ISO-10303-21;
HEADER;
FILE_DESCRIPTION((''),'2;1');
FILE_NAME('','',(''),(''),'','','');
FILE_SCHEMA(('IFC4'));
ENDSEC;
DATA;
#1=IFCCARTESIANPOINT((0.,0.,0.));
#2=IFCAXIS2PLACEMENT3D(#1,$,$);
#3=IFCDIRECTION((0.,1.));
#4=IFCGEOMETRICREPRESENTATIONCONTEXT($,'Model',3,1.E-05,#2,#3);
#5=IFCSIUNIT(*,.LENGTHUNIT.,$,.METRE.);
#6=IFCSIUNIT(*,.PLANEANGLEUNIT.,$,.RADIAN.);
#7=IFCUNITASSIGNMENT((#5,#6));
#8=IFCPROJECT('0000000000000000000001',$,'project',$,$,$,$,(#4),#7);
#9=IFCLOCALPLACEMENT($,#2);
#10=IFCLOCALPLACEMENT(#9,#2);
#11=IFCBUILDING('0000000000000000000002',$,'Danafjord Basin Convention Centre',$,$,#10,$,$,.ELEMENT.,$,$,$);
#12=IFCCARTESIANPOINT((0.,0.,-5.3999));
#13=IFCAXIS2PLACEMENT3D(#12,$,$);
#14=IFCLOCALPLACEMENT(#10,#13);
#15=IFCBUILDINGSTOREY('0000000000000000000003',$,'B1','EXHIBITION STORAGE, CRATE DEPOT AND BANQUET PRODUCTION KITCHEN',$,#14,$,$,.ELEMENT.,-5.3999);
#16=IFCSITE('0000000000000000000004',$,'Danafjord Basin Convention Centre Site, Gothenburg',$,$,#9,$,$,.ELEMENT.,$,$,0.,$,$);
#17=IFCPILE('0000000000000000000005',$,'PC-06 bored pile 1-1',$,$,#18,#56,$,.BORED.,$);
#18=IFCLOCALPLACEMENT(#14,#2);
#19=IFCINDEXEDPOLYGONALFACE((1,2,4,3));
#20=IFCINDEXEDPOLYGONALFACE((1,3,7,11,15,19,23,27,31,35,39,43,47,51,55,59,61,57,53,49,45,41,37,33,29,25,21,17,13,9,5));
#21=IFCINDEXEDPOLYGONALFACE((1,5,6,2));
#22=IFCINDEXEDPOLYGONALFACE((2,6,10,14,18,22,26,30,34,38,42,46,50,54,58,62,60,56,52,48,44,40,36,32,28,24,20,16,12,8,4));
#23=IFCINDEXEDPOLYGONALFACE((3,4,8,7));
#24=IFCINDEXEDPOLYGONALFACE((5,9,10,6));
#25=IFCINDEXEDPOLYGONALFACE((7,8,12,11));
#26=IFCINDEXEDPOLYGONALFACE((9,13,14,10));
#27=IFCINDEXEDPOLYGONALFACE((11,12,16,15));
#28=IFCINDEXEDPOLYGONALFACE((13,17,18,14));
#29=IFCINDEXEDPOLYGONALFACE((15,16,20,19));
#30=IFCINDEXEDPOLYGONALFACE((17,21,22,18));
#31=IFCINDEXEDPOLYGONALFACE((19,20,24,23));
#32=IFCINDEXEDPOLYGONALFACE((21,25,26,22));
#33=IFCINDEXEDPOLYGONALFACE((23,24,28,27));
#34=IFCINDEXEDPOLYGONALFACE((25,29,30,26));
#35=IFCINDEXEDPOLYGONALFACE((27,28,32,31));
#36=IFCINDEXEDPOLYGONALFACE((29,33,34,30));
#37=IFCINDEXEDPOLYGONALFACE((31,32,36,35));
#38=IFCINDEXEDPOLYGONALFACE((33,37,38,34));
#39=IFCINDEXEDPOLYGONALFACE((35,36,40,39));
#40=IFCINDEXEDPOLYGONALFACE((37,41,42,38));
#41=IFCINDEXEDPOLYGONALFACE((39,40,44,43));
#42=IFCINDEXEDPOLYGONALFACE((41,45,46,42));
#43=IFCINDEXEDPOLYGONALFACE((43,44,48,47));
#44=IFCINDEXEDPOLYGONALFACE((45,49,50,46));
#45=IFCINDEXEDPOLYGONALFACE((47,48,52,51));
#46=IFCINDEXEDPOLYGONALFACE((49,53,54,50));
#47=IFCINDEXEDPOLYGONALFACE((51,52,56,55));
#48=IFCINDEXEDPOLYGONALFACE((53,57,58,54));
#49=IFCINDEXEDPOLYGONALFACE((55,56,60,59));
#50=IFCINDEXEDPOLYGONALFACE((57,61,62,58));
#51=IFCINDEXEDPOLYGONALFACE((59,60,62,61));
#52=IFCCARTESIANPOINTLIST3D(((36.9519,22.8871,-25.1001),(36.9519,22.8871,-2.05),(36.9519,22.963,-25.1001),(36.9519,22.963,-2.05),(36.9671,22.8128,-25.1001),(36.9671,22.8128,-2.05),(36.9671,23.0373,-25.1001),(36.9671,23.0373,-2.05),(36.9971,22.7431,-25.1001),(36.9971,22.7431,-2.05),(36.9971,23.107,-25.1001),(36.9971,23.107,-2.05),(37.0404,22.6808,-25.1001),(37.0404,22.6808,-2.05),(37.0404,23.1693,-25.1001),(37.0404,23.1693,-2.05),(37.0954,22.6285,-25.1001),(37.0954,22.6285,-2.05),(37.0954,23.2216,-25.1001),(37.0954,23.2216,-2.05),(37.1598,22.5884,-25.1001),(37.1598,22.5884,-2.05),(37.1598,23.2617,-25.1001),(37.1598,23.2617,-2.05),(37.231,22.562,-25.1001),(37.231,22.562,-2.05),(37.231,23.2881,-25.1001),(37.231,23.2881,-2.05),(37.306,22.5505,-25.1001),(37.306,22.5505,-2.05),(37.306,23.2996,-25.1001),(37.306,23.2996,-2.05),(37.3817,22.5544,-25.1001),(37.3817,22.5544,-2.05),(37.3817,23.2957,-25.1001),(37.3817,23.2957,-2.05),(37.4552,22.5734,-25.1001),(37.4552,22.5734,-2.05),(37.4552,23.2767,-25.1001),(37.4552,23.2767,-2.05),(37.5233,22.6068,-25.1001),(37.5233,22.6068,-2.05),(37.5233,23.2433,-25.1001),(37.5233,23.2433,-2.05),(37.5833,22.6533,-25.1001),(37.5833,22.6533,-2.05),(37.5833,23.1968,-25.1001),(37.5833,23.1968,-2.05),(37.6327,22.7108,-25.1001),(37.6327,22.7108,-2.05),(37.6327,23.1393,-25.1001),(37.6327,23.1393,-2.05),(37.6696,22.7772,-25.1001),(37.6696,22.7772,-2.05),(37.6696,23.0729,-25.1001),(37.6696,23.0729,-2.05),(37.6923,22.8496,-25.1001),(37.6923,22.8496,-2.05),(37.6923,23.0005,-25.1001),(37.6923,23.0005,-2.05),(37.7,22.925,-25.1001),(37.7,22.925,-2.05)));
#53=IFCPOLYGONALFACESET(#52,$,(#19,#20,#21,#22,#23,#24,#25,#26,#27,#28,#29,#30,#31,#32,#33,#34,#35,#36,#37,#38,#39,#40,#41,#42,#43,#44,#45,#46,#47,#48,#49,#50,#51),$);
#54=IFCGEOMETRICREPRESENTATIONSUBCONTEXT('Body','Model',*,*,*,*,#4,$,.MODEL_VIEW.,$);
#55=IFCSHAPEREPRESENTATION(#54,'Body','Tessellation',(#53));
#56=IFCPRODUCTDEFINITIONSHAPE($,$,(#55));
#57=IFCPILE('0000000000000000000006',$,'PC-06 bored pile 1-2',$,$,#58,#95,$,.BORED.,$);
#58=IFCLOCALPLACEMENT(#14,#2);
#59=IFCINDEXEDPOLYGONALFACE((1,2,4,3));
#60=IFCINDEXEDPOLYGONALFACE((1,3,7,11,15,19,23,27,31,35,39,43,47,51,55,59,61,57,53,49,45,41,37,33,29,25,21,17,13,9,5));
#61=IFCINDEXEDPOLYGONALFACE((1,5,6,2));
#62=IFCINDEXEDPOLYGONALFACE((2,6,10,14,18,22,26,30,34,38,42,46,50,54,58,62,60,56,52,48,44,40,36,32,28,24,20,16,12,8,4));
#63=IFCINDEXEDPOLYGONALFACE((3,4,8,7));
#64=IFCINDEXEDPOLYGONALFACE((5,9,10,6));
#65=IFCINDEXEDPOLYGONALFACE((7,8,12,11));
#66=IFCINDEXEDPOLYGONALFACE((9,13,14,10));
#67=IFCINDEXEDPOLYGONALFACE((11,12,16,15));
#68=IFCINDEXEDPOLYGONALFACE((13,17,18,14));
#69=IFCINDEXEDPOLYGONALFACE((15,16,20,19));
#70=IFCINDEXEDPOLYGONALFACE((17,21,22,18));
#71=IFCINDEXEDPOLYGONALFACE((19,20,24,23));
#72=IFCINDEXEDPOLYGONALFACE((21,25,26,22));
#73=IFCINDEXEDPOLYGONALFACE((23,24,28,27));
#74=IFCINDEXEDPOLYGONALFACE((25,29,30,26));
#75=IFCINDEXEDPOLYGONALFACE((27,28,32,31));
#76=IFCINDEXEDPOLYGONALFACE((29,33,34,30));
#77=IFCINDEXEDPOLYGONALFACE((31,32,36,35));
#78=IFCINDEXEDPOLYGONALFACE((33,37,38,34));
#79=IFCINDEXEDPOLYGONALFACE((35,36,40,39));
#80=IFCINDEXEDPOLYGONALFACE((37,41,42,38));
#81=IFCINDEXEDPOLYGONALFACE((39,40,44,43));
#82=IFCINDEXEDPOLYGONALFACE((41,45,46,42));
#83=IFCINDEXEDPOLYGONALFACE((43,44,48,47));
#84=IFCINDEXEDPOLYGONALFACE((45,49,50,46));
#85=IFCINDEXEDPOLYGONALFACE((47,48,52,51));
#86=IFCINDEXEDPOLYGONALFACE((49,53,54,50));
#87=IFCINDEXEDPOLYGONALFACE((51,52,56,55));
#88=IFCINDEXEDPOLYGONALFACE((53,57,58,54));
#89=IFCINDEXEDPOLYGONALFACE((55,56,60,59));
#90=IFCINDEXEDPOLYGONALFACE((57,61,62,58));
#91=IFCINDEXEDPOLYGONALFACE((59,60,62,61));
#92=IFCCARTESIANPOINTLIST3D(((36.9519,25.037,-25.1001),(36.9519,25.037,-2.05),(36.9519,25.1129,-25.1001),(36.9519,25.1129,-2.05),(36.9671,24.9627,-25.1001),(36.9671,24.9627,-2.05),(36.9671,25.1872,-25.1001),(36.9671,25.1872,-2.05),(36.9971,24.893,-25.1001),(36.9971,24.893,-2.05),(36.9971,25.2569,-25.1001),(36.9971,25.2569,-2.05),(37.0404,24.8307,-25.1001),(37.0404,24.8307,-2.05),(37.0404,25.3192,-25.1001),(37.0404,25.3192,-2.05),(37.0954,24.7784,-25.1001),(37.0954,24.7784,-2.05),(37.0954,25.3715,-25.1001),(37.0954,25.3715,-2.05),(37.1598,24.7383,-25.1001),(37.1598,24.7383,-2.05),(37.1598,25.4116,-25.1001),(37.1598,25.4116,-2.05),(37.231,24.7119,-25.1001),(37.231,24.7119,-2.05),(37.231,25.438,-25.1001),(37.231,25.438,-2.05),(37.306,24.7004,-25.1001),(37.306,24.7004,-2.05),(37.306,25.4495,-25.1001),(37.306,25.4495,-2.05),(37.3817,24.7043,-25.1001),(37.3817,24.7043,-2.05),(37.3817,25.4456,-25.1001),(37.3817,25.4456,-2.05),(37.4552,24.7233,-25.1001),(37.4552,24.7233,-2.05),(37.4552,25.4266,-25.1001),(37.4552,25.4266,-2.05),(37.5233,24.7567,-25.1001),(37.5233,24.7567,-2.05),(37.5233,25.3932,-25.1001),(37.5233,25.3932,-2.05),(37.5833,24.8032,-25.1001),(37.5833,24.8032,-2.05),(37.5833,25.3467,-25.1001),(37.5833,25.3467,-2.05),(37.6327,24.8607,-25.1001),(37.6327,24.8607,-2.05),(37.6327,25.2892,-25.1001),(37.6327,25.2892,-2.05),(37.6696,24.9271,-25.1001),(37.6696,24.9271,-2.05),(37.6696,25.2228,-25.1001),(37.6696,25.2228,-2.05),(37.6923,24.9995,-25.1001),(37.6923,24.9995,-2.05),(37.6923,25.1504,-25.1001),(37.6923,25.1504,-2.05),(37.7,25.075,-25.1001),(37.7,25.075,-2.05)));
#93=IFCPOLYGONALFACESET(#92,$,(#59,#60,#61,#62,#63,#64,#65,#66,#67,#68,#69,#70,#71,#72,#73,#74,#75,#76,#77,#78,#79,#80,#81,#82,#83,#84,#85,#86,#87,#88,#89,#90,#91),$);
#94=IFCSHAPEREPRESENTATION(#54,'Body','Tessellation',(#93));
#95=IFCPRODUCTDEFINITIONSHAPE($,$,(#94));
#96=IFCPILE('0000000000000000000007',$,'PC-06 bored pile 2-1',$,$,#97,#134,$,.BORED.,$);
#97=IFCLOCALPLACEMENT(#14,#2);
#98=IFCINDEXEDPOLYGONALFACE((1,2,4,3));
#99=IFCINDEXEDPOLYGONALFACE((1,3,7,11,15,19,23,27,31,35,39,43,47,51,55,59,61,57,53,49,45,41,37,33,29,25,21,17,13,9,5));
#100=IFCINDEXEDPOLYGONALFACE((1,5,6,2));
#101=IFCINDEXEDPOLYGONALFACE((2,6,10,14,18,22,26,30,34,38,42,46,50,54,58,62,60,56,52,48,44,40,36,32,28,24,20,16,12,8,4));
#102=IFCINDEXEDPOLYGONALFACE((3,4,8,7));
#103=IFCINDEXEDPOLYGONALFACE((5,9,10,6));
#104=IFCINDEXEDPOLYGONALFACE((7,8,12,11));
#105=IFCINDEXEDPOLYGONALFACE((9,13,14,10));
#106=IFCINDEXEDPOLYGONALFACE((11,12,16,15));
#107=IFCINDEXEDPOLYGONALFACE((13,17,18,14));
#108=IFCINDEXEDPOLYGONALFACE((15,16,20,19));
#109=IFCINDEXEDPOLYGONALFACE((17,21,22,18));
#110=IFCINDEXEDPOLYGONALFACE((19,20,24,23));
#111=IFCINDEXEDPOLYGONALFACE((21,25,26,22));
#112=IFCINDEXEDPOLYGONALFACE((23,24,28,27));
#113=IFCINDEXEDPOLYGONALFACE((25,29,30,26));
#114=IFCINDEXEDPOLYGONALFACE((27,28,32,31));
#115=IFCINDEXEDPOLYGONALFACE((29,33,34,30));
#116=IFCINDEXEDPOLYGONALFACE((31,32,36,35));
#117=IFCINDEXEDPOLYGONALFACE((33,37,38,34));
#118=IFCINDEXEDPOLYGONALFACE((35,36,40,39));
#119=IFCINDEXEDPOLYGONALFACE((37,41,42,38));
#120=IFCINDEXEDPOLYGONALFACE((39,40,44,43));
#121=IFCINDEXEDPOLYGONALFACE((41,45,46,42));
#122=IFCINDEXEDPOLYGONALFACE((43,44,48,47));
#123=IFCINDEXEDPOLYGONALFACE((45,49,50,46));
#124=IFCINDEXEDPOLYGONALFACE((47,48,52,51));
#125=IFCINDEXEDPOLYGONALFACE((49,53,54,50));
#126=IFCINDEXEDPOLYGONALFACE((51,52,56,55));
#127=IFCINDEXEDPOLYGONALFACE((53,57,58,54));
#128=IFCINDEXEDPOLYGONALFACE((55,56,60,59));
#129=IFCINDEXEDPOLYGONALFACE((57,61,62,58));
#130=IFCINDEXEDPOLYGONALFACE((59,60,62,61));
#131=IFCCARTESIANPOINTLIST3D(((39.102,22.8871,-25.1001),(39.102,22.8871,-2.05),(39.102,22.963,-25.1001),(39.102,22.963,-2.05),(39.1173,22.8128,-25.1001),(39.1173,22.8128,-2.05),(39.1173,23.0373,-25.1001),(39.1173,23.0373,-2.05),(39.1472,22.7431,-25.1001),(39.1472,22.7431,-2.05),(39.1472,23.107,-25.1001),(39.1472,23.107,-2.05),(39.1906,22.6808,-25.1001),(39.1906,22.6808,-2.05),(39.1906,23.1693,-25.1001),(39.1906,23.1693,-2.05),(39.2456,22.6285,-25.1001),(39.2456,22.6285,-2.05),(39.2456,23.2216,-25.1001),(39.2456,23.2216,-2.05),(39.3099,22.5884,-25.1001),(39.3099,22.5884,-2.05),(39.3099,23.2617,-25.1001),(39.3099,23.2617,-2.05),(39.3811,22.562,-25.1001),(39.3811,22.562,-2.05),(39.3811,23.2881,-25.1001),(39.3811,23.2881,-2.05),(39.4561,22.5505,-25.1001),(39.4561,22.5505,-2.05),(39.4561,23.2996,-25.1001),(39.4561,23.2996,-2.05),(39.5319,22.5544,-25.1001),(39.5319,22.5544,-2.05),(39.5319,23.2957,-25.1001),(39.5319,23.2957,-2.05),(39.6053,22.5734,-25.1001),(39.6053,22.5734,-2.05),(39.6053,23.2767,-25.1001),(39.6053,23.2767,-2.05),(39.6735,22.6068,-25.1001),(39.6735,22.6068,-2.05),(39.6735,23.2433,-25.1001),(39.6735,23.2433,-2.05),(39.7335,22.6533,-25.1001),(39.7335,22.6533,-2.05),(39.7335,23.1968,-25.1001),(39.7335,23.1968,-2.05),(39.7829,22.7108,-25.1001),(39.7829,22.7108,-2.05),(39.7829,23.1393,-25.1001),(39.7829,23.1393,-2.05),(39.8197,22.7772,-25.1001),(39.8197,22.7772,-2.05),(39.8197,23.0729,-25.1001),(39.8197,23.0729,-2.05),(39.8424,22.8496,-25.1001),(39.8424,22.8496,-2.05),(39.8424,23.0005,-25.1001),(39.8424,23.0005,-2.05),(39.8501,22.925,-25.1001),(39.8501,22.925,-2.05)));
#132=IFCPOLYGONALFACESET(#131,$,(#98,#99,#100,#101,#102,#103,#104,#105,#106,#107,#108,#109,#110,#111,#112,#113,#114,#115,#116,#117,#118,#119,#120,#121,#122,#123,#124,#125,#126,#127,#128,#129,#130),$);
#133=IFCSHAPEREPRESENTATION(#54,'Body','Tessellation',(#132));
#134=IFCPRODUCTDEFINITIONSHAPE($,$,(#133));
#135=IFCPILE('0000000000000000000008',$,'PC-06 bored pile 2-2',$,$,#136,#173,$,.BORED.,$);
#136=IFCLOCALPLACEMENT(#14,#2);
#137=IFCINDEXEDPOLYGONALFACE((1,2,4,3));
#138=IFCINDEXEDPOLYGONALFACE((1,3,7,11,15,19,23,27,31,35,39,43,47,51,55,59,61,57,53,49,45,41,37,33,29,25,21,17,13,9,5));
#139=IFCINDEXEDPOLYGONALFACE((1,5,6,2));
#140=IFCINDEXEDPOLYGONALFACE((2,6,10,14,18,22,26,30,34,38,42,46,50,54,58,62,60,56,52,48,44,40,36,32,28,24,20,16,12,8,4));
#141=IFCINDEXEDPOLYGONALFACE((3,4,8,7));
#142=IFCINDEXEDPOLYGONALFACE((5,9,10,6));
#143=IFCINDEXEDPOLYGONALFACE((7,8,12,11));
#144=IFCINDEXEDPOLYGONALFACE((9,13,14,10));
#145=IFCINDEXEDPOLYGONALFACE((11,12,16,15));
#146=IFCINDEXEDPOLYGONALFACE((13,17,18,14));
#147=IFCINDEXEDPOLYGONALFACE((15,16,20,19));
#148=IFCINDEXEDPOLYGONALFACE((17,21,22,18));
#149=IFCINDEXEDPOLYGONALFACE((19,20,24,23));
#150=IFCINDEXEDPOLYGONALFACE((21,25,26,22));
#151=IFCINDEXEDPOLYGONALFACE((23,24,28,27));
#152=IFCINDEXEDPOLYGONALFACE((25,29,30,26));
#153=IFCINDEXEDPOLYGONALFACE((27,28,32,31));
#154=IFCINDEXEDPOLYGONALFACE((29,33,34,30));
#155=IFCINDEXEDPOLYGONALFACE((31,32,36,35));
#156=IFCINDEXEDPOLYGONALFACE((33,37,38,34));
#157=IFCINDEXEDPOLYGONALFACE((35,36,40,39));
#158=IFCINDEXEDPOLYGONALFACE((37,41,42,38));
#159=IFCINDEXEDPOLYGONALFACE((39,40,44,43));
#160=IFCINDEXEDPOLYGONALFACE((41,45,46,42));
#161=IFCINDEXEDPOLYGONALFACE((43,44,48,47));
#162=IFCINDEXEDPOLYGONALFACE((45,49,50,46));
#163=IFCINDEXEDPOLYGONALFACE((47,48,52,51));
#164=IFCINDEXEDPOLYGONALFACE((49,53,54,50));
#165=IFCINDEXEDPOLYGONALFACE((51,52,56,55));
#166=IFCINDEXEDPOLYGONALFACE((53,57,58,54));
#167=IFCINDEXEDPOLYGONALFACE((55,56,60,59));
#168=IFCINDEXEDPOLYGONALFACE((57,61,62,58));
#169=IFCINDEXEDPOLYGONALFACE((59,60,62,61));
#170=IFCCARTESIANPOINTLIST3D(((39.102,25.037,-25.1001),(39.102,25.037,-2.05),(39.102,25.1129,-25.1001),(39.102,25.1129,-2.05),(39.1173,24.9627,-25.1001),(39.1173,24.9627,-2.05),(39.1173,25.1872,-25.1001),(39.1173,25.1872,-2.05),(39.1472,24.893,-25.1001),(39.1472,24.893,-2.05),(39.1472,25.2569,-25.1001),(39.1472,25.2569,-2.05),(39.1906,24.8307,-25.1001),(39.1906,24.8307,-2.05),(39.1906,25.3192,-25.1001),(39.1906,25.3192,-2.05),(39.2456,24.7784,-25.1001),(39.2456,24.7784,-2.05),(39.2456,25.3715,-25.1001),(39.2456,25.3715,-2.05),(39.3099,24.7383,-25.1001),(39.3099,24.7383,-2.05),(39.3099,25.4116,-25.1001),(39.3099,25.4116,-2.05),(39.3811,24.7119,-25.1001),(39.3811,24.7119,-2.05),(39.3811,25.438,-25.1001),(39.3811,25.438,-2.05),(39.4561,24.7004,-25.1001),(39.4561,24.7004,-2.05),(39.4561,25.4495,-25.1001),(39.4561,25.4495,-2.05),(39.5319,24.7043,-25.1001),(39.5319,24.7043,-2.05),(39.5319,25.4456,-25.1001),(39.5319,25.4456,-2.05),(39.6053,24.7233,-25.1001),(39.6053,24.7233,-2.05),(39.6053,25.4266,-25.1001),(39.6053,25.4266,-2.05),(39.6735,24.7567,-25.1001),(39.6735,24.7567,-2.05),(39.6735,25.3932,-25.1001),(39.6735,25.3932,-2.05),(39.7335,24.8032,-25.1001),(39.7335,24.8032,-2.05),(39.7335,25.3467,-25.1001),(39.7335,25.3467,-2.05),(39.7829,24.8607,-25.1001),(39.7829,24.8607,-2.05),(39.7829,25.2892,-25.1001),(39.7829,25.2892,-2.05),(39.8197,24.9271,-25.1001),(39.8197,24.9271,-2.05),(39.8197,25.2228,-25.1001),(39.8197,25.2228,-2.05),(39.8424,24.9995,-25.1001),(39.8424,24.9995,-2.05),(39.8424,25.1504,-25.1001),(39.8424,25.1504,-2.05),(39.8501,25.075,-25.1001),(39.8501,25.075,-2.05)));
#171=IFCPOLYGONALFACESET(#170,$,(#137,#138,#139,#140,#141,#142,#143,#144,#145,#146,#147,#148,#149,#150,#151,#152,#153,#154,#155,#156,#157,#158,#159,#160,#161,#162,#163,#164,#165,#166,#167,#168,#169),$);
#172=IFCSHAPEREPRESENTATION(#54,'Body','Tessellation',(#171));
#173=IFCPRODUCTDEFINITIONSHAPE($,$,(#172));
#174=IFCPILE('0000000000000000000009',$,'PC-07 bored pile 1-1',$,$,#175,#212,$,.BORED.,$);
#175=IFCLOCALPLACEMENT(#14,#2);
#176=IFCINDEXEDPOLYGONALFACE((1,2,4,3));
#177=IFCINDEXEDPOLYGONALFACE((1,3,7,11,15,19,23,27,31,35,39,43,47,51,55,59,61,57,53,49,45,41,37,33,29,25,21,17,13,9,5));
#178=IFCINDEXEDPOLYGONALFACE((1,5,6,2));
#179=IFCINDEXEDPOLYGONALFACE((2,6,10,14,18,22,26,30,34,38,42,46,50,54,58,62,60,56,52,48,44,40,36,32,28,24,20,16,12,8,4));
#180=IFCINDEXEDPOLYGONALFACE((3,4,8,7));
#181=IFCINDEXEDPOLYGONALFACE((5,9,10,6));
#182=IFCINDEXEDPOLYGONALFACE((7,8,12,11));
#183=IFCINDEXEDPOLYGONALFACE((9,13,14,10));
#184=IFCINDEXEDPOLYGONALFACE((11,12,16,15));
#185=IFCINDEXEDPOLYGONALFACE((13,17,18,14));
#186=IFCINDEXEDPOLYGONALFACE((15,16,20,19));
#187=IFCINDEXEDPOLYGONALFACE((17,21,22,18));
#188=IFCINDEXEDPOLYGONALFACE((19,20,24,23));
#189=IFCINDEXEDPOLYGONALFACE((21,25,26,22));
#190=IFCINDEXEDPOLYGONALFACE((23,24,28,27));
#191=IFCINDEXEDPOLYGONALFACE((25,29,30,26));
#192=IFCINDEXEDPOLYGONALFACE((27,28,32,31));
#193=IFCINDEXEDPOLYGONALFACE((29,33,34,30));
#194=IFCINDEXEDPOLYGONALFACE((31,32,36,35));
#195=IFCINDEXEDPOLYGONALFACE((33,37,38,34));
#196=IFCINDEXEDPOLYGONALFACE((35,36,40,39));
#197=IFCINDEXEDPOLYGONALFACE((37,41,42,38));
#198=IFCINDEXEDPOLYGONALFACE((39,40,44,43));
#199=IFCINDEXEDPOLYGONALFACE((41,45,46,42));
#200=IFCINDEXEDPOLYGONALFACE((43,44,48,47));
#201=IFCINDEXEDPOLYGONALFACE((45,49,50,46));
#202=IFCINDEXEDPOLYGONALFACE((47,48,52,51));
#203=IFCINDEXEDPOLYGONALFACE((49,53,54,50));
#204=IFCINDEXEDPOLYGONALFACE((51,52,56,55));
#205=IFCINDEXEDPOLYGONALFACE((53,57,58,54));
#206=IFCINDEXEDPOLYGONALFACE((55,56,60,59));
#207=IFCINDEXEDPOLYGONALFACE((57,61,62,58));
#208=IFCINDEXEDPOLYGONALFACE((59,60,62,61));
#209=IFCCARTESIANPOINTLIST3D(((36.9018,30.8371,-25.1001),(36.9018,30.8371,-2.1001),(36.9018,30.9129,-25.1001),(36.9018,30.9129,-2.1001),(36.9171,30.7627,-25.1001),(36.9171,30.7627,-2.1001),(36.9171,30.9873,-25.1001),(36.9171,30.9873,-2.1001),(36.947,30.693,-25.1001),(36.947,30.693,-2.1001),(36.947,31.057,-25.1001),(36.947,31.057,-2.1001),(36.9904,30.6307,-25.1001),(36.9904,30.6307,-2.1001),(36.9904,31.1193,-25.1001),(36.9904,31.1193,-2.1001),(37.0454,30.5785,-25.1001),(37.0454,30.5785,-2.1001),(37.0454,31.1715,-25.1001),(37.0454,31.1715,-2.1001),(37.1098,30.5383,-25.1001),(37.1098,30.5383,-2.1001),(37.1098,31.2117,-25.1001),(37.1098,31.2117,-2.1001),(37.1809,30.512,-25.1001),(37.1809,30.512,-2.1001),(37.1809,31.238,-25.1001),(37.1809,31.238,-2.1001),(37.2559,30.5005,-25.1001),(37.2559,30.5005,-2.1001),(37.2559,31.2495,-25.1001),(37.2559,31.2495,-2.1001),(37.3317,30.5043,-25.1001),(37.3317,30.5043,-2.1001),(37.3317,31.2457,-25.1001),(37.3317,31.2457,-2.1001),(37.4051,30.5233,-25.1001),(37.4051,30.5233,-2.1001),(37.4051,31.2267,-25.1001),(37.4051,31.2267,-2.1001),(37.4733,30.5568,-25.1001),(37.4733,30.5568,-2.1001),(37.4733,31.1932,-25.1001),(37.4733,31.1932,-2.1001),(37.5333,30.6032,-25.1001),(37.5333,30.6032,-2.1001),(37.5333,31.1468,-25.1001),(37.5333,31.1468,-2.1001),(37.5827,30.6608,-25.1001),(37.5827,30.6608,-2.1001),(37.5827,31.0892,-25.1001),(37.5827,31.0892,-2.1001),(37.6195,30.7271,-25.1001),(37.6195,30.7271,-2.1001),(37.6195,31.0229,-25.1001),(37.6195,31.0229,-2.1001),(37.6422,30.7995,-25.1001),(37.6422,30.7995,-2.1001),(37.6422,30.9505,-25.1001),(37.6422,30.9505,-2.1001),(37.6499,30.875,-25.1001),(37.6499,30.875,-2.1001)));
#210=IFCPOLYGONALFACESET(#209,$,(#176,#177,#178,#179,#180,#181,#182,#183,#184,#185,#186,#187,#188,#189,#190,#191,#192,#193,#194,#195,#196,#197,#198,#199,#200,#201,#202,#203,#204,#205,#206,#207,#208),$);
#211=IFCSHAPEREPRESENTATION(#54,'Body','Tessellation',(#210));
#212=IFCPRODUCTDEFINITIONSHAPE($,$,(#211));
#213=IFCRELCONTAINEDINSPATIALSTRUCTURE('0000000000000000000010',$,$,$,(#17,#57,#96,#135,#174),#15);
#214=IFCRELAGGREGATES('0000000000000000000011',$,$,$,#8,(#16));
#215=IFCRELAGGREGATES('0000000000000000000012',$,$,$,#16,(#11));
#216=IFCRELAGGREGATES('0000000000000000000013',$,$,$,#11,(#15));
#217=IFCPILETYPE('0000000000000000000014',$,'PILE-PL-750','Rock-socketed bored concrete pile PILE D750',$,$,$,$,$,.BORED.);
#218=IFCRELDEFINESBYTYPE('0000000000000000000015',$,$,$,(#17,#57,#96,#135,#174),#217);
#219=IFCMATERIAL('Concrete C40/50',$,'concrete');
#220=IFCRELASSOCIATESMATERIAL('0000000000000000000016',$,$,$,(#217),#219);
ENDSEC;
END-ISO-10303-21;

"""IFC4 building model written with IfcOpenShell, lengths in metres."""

from ifc_helpers import new_model, si_unit, direction, frame, origin, origin_2d, place, context, subcontext, project, spatial, circle, extrude, material, material_profile, profile_set, type_object, element, save


model = new_model("IFC4")

# Units and contexts
model_context = context("Model", 3, precision=1e-05, world=origin(), true_north=direction((0.0, 1.0)))
body_context = subcontext(model_context, "Body", "Model", "MODEL_VIEW")
ifc_project = project(units=[si_unit("LENGTHUNIT", "METRE"), si_unit("PLANEANGLEUNIT", "RADIAN")], contexts=[model_context])

# Site, building, storey
site_placement = place(None, origin())
site = spatial("IfcSite", under=ifc_project, at=site_placement, Name="Danafjord Basin Convention Centre Site, Gothenburg", CompositionType="ELEMENT", RefElevation=0.0)
building_placement = place(site_placement, origin())
building = spatial("IfcBuilding", under=site, at=building_placement, Name="Danafjord Basin Convention Centre", CompositionType="ELEMENT")
storey_placement = place(building_placement, frame((0.0, 0.0, -5.3999)))
storey = spatial("IfcBuildingStorey", under=building, at=storey_placement, Name="B1", Description="EXHIBITION STORAGE, CRATE DEPOT AND BANQUET PRODUCTION KITCHEN", CompositionType="ELEMENT", Elevation=-5.3999)

# Shared definitions
ifc_material_1 = material(Name="Concrete C40/50", Category="concrete")

# Piles
ifc_material_profile_1 = material_profile(ifc_material_1, circle(Radius=0.375, at=origin_2d()), Name="PILE D750")
ifc_profile_set_1 = profile_set([ifc_material_profile_1], Name="Concrete C40/50")
pile_type_1 = type_object("IfcPileType", Name="PILE-PL-750", Description="Rock-socketed bored concrete pile PILE D750", PredefinedType="BORED", material=ifc_profile_set_1)
for number, where, z_axis, x_axis, name in (
    (1, (37.325, 22.925, -2.05), (0.0, 0.0, -1.0), (1.0, 0.0, 0.0), "PC-06 bored pile 1-1"),
    (2, (37.325, 25.075, -2.05), (0.0, 0.0, -1.0), (1.0, 0.0, 0.0), "PC-06 bored pile 1-2"),
    (3, (39.4751, 22.925, -2.05), (0.0, 0.0, -1.0), (1.0, 0.0, 0.0), "PC-06 bored pile 2-1"),
    (4, (39.4751, 25.075, -2.05), (0.0, 0.0, -1.0), (1.0, 0.0, 0.0), "PC-06 bored pile 2-2"),
):
    element("IfcPile", number, at=place(storey_placement, frame(where, z_axis=z_axis, x_axis=x_axis)), inside=storey, type_object=pile_type_1, Name=name, PredefinedType="BORED", context=body_context, shape_type="SweptSolid", body=[
        extrude(circle(Radius=0.375, at=origin_2d()), origin(), (0.0, 0.0, 1.0), 23.05),
    ])
for number, where, z_axis, x_axis, name in (
    (5, (37.2749, 30.875, -2.1001), (0.0, 0.0, -1.0), (1.0, 0.0, 0.0), "PC-07 bored pile 1-1"),
):
    element("IfcPile", number, at=place(storey_placement, frame(where, z_axis=z_axis, x_axis=x_axis)), inside=storey, type_object=pile_type_1, Name=name, PredefinedType="BORED", context=body_context, shape_type="SweptSolid", body=[
        extrude(circle(Radius=0.375, at=origin_2d()), origin(), (0.0, 0.0, 1.0), 23.0),
    ])

save(model, "model.ifc")
